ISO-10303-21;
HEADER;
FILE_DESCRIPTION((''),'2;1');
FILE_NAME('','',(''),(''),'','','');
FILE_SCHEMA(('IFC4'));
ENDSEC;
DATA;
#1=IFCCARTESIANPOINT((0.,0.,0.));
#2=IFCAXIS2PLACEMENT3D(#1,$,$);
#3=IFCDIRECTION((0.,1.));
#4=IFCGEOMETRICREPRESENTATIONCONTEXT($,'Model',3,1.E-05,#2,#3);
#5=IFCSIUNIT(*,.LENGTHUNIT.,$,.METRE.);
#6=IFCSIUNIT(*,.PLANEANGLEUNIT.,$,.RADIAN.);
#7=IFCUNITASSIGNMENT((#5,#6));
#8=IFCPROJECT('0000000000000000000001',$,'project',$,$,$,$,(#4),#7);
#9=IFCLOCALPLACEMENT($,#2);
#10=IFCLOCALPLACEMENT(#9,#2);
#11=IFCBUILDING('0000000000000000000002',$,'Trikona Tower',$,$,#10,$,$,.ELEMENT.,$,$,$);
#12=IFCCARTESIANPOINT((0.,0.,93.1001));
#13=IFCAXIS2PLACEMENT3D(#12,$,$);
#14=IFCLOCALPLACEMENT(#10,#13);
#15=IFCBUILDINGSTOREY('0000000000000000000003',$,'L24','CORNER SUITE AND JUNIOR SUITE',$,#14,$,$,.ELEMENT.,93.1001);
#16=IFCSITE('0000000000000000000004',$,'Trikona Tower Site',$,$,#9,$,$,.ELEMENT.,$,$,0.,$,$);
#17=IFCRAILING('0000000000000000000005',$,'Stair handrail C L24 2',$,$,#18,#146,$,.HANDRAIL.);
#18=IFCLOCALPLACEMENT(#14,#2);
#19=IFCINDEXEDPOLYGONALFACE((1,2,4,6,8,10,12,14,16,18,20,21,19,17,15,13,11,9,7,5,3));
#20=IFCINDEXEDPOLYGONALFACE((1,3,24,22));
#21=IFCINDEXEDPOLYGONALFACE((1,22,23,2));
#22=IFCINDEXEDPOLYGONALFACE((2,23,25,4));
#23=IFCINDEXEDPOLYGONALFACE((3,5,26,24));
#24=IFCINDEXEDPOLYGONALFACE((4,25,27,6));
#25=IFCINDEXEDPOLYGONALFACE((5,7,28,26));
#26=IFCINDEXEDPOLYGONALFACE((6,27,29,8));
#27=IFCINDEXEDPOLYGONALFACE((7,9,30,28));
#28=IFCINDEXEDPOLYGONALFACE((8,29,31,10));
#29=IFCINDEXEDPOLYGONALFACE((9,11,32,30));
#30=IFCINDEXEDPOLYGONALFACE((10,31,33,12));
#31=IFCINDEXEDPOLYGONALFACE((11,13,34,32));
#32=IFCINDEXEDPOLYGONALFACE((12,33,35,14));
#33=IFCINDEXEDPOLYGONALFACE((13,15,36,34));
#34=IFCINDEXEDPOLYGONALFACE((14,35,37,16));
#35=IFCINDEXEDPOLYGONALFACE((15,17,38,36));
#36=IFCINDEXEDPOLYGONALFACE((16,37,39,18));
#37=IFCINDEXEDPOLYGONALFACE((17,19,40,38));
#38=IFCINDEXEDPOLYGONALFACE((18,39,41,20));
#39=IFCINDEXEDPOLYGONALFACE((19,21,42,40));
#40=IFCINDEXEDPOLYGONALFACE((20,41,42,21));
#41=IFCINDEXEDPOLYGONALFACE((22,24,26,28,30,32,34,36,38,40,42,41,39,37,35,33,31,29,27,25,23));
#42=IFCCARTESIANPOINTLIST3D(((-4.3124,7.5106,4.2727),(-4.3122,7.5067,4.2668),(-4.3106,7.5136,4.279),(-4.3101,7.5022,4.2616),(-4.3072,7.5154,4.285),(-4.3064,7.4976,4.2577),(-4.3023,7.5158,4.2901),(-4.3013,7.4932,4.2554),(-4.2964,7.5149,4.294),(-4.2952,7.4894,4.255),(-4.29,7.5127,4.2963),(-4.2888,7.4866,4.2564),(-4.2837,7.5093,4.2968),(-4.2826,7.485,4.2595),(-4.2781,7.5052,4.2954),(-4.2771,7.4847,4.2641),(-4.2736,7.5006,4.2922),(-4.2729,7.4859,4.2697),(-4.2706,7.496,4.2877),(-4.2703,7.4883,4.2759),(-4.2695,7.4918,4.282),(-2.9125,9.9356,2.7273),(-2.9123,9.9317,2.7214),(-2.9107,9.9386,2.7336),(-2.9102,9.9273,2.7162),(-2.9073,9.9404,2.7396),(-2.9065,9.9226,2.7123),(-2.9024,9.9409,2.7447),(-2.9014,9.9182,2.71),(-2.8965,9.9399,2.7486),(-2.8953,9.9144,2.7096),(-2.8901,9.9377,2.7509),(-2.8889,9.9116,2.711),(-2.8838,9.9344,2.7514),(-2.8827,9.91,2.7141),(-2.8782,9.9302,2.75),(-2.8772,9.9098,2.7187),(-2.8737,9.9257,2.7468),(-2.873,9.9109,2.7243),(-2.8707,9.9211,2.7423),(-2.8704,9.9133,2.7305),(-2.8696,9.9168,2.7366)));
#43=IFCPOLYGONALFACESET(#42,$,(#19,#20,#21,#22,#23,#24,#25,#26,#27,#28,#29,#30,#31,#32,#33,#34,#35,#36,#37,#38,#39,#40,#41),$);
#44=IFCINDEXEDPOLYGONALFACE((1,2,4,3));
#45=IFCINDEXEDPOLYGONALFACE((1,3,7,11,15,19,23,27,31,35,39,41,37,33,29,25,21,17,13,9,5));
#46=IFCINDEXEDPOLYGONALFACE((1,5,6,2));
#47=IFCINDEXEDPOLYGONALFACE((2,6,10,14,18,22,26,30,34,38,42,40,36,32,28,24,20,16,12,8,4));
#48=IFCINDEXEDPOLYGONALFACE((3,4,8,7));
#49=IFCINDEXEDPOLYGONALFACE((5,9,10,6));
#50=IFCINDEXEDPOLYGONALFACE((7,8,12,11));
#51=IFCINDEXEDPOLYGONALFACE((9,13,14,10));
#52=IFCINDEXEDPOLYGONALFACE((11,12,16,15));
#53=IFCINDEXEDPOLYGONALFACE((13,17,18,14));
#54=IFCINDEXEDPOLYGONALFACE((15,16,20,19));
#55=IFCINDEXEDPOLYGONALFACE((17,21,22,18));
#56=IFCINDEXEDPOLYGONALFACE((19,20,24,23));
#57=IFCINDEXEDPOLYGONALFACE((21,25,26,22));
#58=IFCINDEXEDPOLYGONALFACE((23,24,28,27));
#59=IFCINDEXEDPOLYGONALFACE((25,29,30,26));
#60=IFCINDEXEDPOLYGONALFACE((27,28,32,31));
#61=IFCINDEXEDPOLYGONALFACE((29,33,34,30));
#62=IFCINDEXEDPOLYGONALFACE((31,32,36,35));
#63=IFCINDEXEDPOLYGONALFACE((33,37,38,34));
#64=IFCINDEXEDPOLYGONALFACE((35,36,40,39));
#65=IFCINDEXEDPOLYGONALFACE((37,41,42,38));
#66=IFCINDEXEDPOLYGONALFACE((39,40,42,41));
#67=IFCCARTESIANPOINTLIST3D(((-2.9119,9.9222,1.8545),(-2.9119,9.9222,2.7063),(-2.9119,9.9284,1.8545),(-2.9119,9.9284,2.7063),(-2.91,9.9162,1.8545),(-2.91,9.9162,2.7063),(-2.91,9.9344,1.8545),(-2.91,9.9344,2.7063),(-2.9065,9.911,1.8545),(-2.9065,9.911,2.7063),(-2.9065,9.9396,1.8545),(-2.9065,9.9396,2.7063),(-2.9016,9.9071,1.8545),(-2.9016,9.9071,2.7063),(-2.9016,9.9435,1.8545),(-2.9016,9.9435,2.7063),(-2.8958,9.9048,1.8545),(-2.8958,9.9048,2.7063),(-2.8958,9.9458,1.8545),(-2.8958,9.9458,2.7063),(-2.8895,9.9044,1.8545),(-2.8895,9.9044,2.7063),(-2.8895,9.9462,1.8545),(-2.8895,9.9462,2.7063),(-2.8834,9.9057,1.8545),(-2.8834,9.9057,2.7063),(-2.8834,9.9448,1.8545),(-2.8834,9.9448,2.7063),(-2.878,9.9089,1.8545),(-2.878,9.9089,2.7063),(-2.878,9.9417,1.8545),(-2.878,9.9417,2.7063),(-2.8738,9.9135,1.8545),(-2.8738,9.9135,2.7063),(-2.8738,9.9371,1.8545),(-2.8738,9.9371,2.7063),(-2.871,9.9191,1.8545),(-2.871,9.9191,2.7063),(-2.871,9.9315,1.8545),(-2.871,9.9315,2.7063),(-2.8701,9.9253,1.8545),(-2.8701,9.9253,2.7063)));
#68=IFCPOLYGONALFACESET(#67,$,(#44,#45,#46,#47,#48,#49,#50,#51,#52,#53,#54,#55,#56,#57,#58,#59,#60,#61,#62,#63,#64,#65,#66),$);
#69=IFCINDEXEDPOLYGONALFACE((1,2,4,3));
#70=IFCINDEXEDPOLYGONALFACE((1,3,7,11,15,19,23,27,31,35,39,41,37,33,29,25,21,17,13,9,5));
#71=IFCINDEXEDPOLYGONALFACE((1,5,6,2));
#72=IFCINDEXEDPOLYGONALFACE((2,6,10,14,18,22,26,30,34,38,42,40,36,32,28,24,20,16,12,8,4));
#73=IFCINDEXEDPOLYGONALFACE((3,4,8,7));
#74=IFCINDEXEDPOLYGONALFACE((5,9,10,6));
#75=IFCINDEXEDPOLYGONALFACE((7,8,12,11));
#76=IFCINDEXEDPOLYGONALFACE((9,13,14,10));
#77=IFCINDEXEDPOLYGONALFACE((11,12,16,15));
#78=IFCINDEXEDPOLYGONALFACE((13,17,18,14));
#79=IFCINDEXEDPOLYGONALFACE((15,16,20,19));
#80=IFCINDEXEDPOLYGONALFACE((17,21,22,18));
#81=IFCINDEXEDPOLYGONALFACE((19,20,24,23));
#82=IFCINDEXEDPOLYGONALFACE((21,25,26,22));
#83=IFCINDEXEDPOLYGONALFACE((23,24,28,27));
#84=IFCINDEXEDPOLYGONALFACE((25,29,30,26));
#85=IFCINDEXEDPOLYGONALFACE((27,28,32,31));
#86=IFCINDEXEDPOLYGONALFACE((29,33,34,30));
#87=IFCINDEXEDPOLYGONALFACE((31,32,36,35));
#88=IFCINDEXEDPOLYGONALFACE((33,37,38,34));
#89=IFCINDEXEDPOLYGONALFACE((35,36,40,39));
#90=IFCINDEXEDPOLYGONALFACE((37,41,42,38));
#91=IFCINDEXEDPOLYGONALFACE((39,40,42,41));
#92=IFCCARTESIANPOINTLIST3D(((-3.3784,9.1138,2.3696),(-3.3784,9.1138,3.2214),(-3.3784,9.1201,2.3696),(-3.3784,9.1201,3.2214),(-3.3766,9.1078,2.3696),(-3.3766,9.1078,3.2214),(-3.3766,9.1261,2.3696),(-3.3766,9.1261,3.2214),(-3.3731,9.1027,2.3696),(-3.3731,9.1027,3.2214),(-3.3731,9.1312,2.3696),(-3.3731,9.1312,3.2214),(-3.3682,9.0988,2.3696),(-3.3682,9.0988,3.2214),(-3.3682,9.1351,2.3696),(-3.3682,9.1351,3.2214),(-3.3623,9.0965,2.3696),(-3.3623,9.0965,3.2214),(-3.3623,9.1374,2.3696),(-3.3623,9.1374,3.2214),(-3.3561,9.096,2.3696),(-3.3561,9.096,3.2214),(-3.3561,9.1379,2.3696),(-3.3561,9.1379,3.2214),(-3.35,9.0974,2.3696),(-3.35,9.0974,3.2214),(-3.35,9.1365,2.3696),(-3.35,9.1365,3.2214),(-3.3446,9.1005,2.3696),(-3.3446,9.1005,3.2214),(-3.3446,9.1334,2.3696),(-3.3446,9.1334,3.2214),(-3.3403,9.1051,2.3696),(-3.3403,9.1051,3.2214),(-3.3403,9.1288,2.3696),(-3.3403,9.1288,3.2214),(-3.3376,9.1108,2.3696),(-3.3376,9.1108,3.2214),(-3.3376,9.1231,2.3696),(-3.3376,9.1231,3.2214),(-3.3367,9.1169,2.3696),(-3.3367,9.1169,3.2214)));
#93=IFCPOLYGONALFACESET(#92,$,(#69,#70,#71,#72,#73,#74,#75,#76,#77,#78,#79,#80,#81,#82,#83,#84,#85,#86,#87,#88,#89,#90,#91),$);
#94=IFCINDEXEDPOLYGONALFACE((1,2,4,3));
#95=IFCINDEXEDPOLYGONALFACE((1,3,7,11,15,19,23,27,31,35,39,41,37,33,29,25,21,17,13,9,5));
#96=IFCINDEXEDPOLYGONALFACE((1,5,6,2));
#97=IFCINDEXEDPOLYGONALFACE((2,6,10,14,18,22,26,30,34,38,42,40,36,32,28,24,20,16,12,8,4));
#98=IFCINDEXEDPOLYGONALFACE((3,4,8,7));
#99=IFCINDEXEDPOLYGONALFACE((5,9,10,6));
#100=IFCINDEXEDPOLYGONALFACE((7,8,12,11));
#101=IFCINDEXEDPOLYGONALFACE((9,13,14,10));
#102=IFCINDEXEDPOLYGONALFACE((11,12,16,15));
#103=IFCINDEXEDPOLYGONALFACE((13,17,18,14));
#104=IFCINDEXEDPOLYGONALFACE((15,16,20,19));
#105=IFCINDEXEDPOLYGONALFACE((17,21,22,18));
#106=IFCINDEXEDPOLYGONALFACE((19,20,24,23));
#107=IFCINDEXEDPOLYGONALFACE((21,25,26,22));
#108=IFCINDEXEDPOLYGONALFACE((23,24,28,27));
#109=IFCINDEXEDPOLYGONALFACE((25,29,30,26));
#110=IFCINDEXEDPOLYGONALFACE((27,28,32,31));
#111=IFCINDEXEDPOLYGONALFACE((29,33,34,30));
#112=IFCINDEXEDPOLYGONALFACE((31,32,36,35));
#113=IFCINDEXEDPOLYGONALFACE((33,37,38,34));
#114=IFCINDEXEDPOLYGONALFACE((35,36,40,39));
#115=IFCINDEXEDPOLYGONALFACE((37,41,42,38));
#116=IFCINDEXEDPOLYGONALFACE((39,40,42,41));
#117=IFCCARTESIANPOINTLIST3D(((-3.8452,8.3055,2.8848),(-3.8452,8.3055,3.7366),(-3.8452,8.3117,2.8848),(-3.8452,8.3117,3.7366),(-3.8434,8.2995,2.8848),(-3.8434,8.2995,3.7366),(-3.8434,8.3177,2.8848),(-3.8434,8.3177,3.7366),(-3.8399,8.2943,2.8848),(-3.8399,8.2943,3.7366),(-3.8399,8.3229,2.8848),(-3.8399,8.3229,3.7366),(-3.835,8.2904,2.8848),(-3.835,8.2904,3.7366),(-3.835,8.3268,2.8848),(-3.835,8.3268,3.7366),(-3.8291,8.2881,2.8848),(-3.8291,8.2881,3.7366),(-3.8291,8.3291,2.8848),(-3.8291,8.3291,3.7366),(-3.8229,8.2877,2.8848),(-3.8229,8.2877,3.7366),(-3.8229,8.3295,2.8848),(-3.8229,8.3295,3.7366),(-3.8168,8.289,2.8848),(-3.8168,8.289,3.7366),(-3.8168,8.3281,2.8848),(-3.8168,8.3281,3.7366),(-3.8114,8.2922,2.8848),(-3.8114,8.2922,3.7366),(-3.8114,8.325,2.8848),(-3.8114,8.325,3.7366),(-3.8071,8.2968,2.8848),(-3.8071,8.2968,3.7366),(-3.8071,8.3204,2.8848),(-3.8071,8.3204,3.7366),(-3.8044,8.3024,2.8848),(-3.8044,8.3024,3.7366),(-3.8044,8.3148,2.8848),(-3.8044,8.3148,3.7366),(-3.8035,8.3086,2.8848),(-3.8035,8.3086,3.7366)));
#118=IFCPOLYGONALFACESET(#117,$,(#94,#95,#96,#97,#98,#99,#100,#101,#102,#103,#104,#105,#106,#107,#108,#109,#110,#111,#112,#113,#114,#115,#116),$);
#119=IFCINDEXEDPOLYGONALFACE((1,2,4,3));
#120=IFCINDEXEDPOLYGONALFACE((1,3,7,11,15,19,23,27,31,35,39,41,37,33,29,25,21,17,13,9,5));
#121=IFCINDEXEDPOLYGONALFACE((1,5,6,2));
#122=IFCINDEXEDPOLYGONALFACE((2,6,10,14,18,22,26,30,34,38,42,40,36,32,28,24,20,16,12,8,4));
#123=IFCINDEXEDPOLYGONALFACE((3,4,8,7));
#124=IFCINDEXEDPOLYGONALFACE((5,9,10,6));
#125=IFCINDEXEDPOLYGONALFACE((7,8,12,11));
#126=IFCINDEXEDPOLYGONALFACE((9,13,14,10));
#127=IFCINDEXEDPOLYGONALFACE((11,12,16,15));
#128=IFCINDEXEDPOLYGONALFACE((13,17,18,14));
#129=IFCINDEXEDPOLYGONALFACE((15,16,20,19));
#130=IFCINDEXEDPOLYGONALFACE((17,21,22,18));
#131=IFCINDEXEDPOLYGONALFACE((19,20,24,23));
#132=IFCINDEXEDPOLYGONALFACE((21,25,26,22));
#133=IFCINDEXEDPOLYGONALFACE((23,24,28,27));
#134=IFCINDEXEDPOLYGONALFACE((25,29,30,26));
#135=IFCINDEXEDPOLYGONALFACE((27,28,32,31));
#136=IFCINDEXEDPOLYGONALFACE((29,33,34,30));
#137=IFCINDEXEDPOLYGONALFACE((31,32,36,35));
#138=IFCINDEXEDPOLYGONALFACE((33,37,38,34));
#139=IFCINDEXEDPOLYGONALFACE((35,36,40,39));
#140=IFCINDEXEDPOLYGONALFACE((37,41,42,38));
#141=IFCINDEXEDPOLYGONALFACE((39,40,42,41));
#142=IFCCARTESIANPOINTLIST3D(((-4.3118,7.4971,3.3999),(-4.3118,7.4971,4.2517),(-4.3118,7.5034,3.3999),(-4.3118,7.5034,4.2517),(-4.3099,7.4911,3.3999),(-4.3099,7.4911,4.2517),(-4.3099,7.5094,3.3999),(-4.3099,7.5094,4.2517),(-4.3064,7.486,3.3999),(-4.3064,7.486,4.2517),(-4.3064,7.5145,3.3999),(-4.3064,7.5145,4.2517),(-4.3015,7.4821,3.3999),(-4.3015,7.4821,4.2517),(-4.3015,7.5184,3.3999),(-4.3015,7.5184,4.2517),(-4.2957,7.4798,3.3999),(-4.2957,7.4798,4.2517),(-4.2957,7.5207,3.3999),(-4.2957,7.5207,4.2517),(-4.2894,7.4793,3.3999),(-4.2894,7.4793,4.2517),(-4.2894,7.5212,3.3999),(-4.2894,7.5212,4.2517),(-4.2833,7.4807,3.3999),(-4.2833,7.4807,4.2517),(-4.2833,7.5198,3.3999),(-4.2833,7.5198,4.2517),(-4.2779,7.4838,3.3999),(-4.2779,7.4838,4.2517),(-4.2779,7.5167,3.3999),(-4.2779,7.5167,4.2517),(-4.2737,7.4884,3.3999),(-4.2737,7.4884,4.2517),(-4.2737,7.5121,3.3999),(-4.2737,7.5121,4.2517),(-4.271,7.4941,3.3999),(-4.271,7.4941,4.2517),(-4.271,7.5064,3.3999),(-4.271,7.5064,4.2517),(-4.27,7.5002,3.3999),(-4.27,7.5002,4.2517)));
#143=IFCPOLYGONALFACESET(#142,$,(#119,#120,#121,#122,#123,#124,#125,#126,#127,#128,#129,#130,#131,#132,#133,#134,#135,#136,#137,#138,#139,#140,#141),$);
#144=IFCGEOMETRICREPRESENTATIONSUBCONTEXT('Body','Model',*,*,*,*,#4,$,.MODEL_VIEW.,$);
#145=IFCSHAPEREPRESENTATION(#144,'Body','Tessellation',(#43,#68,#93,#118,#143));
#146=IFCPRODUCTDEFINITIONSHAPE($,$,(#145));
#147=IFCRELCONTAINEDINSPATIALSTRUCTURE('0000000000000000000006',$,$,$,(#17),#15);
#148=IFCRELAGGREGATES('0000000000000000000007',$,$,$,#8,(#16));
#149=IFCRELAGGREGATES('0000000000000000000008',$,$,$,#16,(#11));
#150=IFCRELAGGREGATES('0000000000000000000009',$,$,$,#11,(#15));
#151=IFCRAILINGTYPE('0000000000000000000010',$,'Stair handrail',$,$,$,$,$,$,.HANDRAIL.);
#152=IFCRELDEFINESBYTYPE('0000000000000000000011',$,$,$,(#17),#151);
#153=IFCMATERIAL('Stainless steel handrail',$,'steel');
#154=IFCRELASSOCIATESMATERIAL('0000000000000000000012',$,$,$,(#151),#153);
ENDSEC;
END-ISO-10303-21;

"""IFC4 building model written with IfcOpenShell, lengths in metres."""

from ifc_helpers import new_model, si_unit, direction, frame, origin, origin_2d, place, context, subcontext, project, spatial, circle, extrude, material, type_object, element, save


model = new_model("IFC4")

# Units and contexts
model_context = context("Model", 3, precision=1e-05, world=origin(), true_north=direction((0.0, 1.0)))
body_context = subcontext(model_context, "Body", "Model", "MODEL_VIEW")
ifc_project = project(units=[si_unit("LENGTHUNIT", "METRE"), si_unit("PLANEANGLEUNIT", "RADIAN")], contexts=[model_context])

# Site, building, storey
site_placement = place(None, origin())
site = spatial("IfcSite", under=ifc_project, at=site_placement, Name="Trikona Tower Site", CompositionType="ELEMENT", RefElevation=0.0)
building_placement = place(site_placement, origin())
building = spatial("IfcBuilding", under=site, at=building_placement, Name="Trikona Tower", CompositionType="ELEMENT")
storey_placement = place(building_placement, frame((0.0, 0.0, 93.1001)))
storey = spatial("IfcBuildingStorey", under=building, at=storey_placement, Name="L24", Description="CORNER SUITE AND JUNIOR SUITE", CompositionType="ELEMENT", Elevation=93.1001)

# Railing
ifc_material_1 = material(Name="Stainless steel handrail", Category="steel")
railing_type = type_object("IfcRailingType", Name="Stair handrail", PredefinedType="HANDRAIL", material=ifc_material_1)
railing_1_placement = place(storey_placement, frame((-2.8911, 9.9253, 1.8545)))
element("IfcRailing", 1, at=railing_1_placement, inside=storey, type_object=railing_type, Name="Stair handrail C L24 2", PredefinedType="HANDRAIL", context=body_context, shape_type="SweptSolid", body=[
    extrude(circle(Radius=0.0239, at=origin_2d()), frame((0.0, 0.0, 0.876), z_axis=(-0.437707, -0.75824, 0.483203), x_axis=(0.866056, -0.499946, 0.0)), (0.0, 0.0, 1.0), 3.1982),
    extrude(circle(Radius=0.021, at=origin_2d()), origin(), (0.0, 0.0, 1.0), 0.8518),
    extrude(circle(Radius=0.021, at=origin_2d()), frame((-0.4666, -0.8083, 0.5151)), (0.0, 0.0, 1.0), 0.8518),
    extrude(circle(Radius=0.021, at=origin_2d()), frame((-0.9333, -1.6167, 1.0303)), (0.0, 0.0, 1.0), 0.8518),
    extrude(circle(Radius=0.021, at=origin_2d()), frame((-1.3999, -2.425, 1.5454)), (0.0, 0.0, 1.0), 0.8518),
])

save(model, "model.ifc")
